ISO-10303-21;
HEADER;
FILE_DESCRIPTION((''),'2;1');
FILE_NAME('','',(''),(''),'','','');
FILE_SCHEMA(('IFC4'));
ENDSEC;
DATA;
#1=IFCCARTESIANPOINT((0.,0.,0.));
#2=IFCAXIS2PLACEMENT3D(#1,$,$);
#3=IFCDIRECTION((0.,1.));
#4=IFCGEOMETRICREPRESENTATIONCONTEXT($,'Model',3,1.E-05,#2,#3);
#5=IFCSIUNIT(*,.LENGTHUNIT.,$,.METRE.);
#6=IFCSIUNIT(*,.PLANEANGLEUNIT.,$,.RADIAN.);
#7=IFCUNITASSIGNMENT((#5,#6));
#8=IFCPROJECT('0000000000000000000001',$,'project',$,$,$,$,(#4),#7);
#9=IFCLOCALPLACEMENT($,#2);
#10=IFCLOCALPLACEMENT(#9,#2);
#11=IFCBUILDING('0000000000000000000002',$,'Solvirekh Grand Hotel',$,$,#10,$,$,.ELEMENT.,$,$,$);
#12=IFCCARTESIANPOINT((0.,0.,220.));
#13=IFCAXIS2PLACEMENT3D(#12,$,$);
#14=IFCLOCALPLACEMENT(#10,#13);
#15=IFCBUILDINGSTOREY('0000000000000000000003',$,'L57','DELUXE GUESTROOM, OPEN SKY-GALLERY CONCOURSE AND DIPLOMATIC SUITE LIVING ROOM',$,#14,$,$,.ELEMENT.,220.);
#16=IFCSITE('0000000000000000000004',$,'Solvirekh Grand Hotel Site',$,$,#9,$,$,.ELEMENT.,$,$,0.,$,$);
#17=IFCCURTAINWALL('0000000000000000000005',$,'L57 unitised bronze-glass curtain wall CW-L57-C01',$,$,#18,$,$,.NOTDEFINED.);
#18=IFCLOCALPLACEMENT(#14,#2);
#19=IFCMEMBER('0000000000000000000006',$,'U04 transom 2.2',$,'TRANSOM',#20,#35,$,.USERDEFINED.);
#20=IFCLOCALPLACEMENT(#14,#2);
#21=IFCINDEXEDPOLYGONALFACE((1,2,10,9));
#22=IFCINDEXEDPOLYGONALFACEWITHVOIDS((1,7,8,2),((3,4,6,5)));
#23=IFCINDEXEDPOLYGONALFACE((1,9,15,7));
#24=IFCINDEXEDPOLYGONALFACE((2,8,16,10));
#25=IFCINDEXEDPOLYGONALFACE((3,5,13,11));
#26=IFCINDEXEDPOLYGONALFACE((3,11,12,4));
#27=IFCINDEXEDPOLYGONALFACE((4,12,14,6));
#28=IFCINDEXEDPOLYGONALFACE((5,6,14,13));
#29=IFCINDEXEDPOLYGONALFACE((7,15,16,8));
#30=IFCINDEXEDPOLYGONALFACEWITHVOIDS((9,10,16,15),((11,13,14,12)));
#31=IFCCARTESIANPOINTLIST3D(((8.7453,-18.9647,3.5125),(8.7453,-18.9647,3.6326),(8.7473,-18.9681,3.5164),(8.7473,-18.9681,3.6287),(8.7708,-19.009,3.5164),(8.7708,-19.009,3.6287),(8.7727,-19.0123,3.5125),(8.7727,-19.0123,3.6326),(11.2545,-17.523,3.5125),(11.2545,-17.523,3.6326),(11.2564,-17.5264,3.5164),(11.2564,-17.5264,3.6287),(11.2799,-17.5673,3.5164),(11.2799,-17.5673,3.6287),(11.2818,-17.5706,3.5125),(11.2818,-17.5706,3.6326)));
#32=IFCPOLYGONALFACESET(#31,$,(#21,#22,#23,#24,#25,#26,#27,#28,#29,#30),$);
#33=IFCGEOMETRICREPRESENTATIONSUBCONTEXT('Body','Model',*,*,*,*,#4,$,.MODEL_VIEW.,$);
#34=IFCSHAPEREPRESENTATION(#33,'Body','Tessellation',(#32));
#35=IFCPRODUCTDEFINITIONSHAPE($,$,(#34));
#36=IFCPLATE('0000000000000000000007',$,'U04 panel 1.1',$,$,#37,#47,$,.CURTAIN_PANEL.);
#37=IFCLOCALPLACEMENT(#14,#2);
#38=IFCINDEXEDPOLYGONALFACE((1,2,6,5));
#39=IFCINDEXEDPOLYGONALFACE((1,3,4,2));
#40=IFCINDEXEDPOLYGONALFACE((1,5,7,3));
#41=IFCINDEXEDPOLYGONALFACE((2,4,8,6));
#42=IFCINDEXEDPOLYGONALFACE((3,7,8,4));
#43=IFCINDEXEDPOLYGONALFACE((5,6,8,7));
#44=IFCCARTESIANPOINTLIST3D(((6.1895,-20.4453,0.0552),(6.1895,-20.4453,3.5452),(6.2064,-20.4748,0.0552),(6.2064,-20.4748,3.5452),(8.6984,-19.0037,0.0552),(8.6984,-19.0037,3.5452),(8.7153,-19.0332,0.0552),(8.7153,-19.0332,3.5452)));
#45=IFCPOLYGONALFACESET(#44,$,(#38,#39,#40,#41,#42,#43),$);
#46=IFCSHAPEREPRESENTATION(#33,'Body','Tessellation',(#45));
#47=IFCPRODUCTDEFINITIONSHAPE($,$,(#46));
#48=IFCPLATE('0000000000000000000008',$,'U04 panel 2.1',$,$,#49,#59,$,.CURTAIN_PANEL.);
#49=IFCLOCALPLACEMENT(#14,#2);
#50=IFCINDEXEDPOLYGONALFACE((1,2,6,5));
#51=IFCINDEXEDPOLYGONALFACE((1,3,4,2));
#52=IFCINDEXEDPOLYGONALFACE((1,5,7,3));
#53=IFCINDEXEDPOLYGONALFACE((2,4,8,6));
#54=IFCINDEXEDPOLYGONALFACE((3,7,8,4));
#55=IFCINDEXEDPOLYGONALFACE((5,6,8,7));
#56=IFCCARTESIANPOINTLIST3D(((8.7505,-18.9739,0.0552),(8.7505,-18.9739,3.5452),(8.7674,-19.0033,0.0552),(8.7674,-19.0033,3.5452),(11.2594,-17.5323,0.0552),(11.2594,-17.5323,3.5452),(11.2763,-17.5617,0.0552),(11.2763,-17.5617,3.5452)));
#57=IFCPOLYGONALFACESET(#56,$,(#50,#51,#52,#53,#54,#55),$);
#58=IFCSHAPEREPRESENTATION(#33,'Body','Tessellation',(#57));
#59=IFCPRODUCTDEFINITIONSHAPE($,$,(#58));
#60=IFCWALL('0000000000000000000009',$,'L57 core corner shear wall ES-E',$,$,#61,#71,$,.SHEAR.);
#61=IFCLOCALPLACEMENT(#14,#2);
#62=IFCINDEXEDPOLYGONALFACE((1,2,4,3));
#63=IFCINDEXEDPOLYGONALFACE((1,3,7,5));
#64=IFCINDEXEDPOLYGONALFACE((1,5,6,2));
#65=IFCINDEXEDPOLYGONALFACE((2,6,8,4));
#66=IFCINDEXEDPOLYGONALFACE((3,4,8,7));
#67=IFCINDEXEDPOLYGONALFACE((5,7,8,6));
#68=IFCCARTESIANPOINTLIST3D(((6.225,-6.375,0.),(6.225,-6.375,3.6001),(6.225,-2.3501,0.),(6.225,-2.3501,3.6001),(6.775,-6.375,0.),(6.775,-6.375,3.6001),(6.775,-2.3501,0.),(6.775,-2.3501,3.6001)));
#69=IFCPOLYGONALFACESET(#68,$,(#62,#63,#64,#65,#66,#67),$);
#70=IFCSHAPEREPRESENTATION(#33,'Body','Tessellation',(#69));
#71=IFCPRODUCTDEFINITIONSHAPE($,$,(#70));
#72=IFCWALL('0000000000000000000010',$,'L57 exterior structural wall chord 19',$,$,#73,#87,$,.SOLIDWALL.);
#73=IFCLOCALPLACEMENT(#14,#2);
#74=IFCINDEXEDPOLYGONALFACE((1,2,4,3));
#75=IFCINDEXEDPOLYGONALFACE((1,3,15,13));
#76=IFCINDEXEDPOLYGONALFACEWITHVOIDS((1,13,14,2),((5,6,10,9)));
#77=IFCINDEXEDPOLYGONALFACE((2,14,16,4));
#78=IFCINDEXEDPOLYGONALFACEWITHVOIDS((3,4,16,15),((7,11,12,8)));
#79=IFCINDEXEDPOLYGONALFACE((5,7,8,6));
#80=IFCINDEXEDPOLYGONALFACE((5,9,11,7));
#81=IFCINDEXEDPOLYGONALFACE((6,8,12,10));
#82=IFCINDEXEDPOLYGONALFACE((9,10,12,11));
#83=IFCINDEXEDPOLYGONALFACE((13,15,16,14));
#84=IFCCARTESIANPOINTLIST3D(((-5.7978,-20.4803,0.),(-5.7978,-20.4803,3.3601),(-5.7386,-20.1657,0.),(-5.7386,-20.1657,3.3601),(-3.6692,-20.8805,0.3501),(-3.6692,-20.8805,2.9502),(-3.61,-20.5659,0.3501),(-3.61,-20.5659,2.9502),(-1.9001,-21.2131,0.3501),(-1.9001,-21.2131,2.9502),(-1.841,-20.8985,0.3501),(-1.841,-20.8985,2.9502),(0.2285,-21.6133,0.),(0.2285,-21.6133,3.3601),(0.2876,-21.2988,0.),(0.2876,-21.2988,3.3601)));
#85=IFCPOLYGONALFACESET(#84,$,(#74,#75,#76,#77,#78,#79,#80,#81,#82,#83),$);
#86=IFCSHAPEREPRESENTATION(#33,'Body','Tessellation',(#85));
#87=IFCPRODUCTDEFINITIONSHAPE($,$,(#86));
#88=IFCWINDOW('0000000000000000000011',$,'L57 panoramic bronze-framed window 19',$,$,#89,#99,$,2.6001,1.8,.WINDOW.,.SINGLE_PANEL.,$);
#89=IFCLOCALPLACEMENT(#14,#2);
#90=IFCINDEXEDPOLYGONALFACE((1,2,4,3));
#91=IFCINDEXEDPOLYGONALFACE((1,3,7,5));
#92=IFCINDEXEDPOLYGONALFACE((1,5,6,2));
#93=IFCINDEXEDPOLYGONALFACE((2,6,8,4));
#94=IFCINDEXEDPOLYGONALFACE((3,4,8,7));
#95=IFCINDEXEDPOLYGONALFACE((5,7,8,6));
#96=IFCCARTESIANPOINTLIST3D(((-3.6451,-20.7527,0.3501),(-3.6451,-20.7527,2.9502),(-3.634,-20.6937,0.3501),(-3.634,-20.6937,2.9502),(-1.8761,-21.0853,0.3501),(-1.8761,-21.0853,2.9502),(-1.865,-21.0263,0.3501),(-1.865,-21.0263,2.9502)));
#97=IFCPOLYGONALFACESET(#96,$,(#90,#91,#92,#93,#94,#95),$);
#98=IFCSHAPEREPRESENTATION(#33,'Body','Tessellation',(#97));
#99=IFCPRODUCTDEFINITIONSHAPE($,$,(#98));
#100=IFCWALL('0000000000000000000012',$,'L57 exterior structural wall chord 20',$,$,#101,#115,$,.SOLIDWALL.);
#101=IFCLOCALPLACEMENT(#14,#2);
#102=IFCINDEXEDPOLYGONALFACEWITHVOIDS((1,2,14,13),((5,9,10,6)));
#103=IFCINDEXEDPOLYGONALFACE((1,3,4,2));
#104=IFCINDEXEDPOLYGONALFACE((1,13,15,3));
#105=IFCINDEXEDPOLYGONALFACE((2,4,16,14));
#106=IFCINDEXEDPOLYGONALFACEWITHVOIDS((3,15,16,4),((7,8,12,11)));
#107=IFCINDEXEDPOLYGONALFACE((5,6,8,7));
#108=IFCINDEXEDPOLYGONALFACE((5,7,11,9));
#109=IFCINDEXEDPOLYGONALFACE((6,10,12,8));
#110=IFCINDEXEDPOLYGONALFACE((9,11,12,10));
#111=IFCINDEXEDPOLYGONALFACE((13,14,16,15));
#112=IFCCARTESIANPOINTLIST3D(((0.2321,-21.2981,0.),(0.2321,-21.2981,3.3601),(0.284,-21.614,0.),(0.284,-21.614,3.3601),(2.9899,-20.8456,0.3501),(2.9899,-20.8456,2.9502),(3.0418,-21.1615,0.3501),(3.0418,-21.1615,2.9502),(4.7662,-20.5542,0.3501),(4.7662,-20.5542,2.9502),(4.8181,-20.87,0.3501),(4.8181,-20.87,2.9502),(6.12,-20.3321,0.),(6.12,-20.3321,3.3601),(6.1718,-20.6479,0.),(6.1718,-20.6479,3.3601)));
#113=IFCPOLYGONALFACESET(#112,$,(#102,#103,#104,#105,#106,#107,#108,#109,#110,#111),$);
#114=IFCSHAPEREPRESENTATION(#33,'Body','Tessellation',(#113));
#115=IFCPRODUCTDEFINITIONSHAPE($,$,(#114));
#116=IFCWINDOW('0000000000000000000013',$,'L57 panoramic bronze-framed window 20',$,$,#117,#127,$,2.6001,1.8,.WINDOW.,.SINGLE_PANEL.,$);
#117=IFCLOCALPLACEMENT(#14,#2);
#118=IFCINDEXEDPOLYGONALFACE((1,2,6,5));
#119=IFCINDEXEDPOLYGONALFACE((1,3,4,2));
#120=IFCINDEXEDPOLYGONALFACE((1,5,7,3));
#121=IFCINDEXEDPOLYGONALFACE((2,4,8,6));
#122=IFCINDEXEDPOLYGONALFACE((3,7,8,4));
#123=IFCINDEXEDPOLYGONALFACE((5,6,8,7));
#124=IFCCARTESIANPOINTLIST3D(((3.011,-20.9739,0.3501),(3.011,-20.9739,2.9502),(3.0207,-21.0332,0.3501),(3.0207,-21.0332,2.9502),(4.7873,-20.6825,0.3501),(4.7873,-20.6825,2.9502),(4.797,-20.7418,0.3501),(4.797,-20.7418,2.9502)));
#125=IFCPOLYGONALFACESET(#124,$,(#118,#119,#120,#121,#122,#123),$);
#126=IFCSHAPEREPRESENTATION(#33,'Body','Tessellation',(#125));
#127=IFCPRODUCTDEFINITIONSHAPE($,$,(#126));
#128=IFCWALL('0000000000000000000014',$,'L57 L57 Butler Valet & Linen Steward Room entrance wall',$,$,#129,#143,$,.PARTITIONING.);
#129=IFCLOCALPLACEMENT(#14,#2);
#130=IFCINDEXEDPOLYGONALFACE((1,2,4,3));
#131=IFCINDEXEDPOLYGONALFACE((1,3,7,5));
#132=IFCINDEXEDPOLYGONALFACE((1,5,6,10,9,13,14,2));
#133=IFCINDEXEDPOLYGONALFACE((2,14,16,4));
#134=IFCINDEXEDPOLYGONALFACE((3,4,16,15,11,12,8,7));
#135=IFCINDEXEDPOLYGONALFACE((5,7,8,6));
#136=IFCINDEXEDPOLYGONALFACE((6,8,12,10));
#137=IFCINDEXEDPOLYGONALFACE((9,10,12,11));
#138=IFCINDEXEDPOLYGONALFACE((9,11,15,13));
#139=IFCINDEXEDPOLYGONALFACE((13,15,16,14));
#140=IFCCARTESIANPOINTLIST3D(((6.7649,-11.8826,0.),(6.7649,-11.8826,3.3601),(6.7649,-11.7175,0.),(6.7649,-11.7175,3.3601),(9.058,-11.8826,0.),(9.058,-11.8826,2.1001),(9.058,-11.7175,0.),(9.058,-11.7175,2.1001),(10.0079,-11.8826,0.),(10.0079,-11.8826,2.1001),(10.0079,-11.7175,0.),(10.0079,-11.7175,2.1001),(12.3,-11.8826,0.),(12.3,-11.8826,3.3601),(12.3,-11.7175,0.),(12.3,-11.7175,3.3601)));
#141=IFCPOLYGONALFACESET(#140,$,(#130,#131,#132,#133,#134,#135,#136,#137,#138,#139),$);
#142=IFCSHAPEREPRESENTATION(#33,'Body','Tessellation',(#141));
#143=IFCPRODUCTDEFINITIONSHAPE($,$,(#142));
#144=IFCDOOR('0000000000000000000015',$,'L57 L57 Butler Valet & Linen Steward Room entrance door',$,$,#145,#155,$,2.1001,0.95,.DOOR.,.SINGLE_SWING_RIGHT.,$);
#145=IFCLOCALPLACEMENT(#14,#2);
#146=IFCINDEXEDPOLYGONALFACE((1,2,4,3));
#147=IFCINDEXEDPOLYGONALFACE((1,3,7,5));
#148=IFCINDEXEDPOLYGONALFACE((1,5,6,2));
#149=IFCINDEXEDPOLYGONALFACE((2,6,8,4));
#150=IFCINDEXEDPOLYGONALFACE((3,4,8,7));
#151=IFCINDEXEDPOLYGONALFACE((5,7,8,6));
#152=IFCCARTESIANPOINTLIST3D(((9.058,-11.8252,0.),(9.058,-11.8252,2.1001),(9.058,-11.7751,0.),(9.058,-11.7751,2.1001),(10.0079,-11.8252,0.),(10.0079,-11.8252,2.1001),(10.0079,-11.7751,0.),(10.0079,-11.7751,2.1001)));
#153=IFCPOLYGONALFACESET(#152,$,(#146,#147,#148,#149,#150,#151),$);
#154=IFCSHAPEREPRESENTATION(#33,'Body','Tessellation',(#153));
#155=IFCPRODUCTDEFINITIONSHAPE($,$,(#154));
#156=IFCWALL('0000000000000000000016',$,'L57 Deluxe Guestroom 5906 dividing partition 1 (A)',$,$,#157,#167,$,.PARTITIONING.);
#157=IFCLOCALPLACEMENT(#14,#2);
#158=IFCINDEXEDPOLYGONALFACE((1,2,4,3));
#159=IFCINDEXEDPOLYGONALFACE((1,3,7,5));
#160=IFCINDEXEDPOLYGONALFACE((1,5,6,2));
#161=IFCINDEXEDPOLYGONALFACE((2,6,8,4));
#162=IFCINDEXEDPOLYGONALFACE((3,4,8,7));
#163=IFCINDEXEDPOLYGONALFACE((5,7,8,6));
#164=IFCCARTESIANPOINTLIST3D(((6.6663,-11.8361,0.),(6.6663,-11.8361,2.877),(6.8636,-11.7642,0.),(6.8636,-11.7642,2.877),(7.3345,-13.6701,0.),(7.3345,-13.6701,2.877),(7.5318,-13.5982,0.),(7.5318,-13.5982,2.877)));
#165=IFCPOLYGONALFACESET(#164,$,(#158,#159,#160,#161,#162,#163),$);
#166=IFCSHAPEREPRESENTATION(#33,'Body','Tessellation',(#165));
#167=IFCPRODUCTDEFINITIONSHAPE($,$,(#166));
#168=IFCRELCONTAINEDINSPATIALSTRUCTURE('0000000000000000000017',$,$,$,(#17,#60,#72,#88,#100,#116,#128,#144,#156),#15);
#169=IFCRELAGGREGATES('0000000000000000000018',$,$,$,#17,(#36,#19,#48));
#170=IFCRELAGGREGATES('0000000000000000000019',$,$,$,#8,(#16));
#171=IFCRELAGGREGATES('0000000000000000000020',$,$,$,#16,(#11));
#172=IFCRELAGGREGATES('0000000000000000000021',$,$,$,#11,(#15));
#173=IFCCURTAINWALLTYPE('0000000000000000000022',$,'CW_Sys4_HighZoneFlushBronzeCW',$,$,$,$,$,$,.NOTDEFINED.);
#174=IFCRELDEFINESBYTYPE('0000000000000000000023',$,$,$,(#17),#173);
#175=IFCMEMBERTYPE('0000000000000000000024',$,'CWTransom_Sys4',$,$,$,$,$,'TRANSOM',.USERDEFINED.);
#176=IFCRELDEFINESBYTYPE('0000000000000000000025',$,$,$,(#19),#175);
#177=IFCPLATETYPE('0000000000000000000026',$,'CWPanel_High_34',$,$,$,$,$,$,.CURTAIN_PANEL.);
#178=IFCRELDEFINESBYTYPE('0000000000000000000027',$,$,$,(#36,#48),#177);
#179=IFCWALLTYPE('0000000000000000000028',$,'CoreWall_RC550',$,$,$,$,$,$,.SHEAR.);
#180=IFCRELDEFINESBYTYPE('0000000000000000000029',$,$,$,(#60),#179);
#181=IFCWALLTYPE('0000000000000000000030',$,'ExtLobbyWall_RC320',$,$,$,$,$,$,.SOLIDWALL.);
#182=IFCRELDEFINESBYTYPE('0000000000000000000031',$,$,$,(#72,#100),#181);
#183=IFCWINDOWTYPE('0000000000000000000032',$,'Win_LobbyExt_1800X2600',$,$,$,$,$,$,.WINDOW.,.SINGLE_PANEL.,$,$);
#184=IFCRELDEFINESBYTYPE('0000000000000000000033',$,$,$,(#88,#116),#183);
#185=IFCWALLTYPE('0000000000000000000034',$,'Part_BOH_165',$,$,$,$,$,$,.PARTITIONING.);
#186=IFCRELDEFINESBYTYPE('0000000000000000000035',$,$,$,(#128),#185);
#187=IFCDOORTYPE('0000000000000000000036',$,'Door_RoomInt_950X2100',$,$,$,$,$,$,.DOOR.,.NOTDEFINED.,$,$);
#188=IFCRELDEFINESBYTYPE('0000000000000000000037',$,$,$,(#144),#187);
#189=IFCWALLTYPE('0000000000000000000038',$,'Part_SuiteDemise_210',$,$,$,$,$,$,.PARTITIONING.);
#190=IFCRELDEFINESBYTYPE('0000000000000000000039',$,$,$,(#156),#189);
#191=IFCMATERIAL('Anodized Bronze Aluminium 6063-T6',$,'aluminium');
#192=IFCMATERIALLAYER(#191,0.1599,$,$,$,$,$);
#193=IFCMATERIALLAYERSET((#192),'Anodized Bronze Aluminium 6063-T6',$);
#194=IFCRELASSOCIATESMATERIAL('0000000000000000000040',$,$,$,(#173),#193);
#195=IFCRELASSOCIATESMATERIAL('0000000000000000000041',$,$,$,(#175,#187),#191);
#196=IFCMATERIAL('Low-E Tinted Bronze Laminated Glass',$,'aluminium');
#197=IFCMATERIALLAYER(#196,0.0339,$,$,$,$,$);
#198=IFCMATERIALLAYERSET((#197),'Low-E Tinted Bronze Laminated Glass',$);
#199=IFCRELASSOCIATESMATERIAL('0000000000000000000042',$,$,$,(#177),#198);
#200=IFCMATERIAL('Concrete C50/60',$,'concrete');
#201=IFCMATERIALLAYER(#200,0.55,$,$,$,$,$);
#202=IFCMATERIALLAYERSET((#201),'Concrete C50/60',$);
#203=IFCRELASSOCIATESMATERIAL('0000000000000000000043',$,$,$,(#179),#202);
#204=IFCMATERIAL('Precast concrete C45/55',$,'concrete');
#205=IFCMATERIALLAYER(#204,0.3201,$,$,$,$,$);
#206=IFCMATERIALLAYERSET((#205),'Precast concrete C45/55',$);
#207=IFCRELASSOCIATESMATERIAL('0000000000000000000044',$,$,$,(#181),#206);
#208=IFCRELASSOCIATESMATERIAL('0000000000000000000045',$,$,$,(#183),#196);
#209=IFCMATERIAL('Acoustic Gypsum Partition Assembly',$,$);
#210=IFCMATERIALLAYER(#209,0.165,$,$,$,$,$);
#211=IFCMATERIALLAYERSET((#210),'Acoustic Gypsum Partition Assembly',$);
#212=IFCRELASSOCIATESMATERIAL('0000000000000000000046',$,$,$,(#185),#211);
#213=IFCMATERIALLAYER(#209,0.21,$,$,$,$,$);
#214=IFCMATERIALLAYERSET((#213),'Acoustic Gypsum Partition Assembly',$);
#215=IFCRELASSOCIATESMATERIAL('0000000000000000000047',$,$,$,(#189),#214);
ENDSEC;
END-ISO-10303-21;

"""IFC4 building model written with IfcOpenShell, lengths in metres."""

from ifc_helpers import new_model, si_unit, direction, frame, frame_2d, origin, origin_2d, place, context, subcontext, project, spatial, rectangle, hollow_rectangle, extrude, source, transform, mapped, material, layer, layer_set, material_profile, profile_set, type_object, element, fill, aggregate, save


model = new_model("IFC4")

# Units and contexts
model_context = context("Model", 3, precision=1e-05, world=origin(), true_north=direction((0.0, 1.0)))
body_context = subcontext(model_context, "Body", "Model", "MODEL_VIEW")
ifc_project = project(units=[si_unit("LENGTHUNIT", "METRE"), si_unit("PLANEANGLEUNIT", "RADIAN")], contexts=[model_context])

# Site, building, storey
site_placement = place(None, origin())
site = spatial("IfcSite", under=ifc_project, at=site_placement, Name="Solvirekh Grand Hotel Site", CompositionType="ELEMENT", RefElevation=0.0)
building_placement = place(site_placement, origin())
building = spatial("IfcBuilding", under=site, at=building_placement, Name="Solvirekh Grand Hotel", CompositionType="ELEMENT")
storey_placement = place(building_placement, frame((0.0, 0.0, 220.0)))
storey = spatial("IfcBuildingStorey", under=building, at=storey_placement, Name="L57", Description="DELUXE GUESTROOM, OPEN SKY-GALLERY CONCOURSE AND DIPLOMATIC SUITE LIVING ROOM", CompositionType="ELEMENT", Elevation=220.0)

# Shared definitions
ifc_material_1 = material(Name="Concrete C50/60", Category="concrete")

# Curtain wall, member, plates
ifc_material_2 = material(Name="Anodized Bronze Aluminium 6063-T6", Category="aluminium")
ifc_layer_1 = layer(ifc_material_2, 0.1599)
ifc_layer_set_1 = layer_set([ifc_layer_1], Name="Anodized Bronze Aluminium 6063-T6")
curtain_wall_type = type_object("IfcCurtainWallType", Name="CW_Sys4_HighZoneFlushBronzeCW", PredefinedType="NOTDEFINED", material=ifc_layer_set_1)
curtain_wall_placement = place(storey_placement, origin())
curtain_wall = element("IfcCurtainWall", 1, at=curtain_wall_placement, inside=storey, type_object=curtain_wall_type, Name="L57 unitised bronze-glass curtain wall CW-L57-C01", PredefinedType="NOTDEFINED")
ifc_material_profile_1 = material_profile(ifc_material_2, hollow_rectangle(XDim=0.0549, YDim=0.1201, WallThickness=0.0039, at=origin_2d()), Name="ALU RHS 120X55X4")
ifc_profile_set_1 = profile_set([ifc_material_profile_1], Name="Anodized Bronze Aluminium 6063-T6")
member_type_1 = type_object("IfcMemberType", Name="CWTransom_Sys4", ElementType="TRANSOM", PredefinedType="USERDEFINED", material=ifc_profile_set_1)
shared_shape_1 = source(origin(), body_context, "Body", "SweptSolid", [
    extrude(hollow_rectangle(XDim=0.0549, YDim=0.1201, WallThickness=0.0039, at=origin_2d()), origin(), (0.0, 0.0, 1.0), 2.8938),
])
member_1_placement = place(storey_placement, frame((8.759, -18.9885, 3.5725), z_axis=(0.867062, 0.4982, 0.0), x_axis=(-0.4982, 0.867062, 0.0)))
member_1 = element("IfcMember", 2, at=member_1_placement, type_object=member_type_1, Name="U04 transom 2.2", ObjectType="TRANSOM", PredefinedType="USERDEFINED", context=body_context, shape_type="MappedRepresentation", body=[
    mapped(shared_shape_1, transform((0.0, 0.0, 0.0), x_axis=(1.0, 0.0, 0.0), y_axis=(0.0, 1.0, 0.0), z_axis=(0.0, 0.0, 1.0), scale=1.0)),
])
ifc_material_3 = material(Name="Low-E Tinted Bronze Laminated Glass", Category="aluminium")
ifc_layer_2 = layer(ifc_material_3, 0.0339)
ifc_layer_set_2 = layer_set([ifc_layer_2], Name="Low-E Tinted Bronze Laminated Glass")
plate_type = type_object("IfcPlateType", Name="CWPanel_High_34", PredefinedType="CURTAIN_PANEL", material=ifc_layer_set_2)
shared_shape_2 = source(origin(), body_context, "Body", "SweptSolid", [
    extrude(rectangle(XDim=2.8936, YDim=0.0339, at=origin_2d()), origin(), (0.0, 0.0, 1.0), 3.49),
])
plate_1_placement = place(storey_placement, frame((7.4524, -19.7393, 0.0552), z_axis=(0.0, 0.0, 1.0), x_axis=(0.867055, 0.498213, 0.0)))
plate_1 = element("IfcPlate", 3, at=plate_1_placement, type_object=plate_type, Name="U04 panel 1.1", PredefinedType="CURTAIN_PANEL", context=body_context, shape_type="MappedRepresentation", body=[
    mapped(shared_shape_2, transform((0.0, 0.0, 0.0), x_axis=(1.0, 0.0, 0.0), y_axis=(0.0, 1.0, 0.0), z_axis=(0.0, 0.0, 1.0), scale=1.0)),
])
plate_2_placement = place(storey_placement, frame((10.0134, -18.2678, 0.0552), z_axis=(0.0, 0.0, 1.0), x_axis=(0.867055, 0.498213, 0.0)))
plate_2 = element("IfcPlate", 4, at=plate_2_placement, type_object=plate_type, Name="U04 panel 2.1", PredefinedType="CURTAIN_PANEL", context=body_context, shape_type="MappedRepresentation", body=[
    mapped(shared_shape_2, transform((0.0, 0.0, 0.0), x_axis=(1.0, 0.0, 0.0), y_axis=(0.0, 1.0, 0.0), z_axis=(0.0, 0.0, 1.0), scale=1.0)),
])
aggregate(curtain_wall, [plate_1, member_1, plate_2])

# Wall
ifc_layer_3 = layer(ifc_material_1, 0.55)
ifc_layer_set_3 = layer_set([ifc_layer_3], Name="Concrete C50/60")
wall_type_1 = type_object("IfcWallType", Name="CoreWall_RC550", PredefinedType="SHEAR", material=ifc_layer_set_3)
wall_1_placement = place(storey_placement, frame((6.5, -6.375, 0.0), z_axis=(0.0, 0.0, 1.0), x_axis=(0.0, 1.0, 0.0)))
element("IfcWall", 5, at=wall_1_placement, inside=storey, type_object=wall_type_1, Name="L57 core corner shear wall ES-E", PredefinedType="SHEAR", context=body_context, shape_type="SweptSolid", body=[
    extrude(rectangle(XDim=4.0249, YDim=0.55, at=frame_2d((2.0125, 0.0))), origin(), (0.0, 0.0, 1.0), 3.6001),
])

# Walls, openings, windows
ifc_material_4 = material(Name="Precast concrete C45/55", Category="concrete")
ifc_layer_4 = layer(ifc_material_4, 0.3201)
ifc_layer_set_4 = layer_set([ifc_layer_4], Name="Precast concrete C45/55")
wall_type_2 = type_object("IfcWallType", Name="ExtLobbyWall_RC320", PredefinedType="SOLIDWALL", material=ifc_layer_set_4)
wall_2_placement = place(storey_placement, frame((0.2581, -21.4561, 0.0), z_axis=(0.0, 0.0, 1.0), x_axis=(-0.982779, 0.184786, 0.0)))
wall_2 = element("IfcWall", 6, at=wall_2_placement, inside=storey, type_object=wall_type_2, Name="L57 exterior structural wall chord 19", PredefinedType="SOLIDWALL", context=body_context, shape_type="SweptSolid", body=[
    extrude(rectangle(XDim=6.1318, YDim=0.3201, at=frame_2d((3.0659, 0.0))), origin(), (0.0, 0.0, 1.0), 3.3601),
])
opening_1_placement = place(wall_2_placement, frame((2.166, 0.0, 0.3501)))
opening_1 = element("IfcOpeningElement", 7, at=opening_1_placement, cuts=wall_2, PredefinedType="OPENING", context=body_context, shape_type="SweptSolid", body=[
    extrude(rectangle(XDim=1.8, YDim=2.6001, at=frame_2d((0.8999, 1.3))), frame((0.0, 0.1699, 0.0), z_axis=(0.0, -1.0, 0.0), x_axis=(1.0, 0.0, 0.0)), (0.0, 0.0, 1.0), 0.3401),
])
window_type = type_object("IfcWindowType", Name="Win_LobbyExt_1800X2600", PartitioningType="SINGLE_PANEL", PredefinedType="WINDOW", material=ifc_material_3)
window_1_placement = place(opening_1_placement, origin())
window_1 = element("IfcWindow", 8, at=window_1_placement, inside=storey, type_object=window_type, Name="L57 panoramic bronze-framed window 19", OverallHeight=2.6001, OverallWidth=1.8, PartitioningType="SINGLE_PANEL", PredefinedType="WINDOW", context=body_context, shape_type="SweptSolid", body=[
    extrude(rectangle(XDim=1.8, YDim=2.6001, at=frame_2d((0.8999, 1.3))), frame((0.0, 0.03, 0.0), z_axis=(0.0, -1.0, 0.0), x_axis=(1.0, 0.0, 0.0)), (0.0, 0.0, 1.0), 0.0601),
])
fill(opening_1, window_1)
wall_3_placement = place(storey_placement, frame((6.146, -20.49, 0.0), z_axis=(0.0, 0.0, 1.0), x_axis=(-0.986805, -0.16191, 0.0)))
wall_3 = element("IfcWall", 9, at=wall_3_placement, inside=storey, type_object=wall_type_2, Name="L57 exterior structural wall chord 20", PredefinedType="SOLIDWALL", context=body_context, shape_type="SweptSolid", body=[
    extrude(rectangle(XDim=5.9666, YDim=0.3201, at=frame_2d((2.9834, 0.0))), origin(), (0.0, 0.0, 1.0), 3.3601),
])
opening_2_placement = place(wall_3_placement, frame((1.3721, 0.0, 0.3501)))
opening_2 = element("IfcOpeningElement", 10, at=opening_2_placement, cuts=wall_3, PredefinedType="OPENING", context=body_context, shape_type="SweptSolid", body=[
    extrude(rectangle(XDim=1.8, YDim=2.6001, at=frame_2d((0.8999, 1.3))), frame((0.0, 0.1699, 0.0), z_axis=(0.0, -1.0, 0.0), x_axis=(1.0, 0.0, 0.0)), (0.0, 0.0, 1.0), 0.3401),
])
window_2_placement = place(opening_2_placement, origin())
window_2 = element("IfcWindow", 11, at=window_2_placement, inside=storey, type_object=window_type, Name="L57 panoramic bronze-framed window 20", OverallHeight=2.6001, OverallWidth=1.8, PartitioningType="SINGLE_PANEL", PredefinedType="WINDOW", context=body_context, shape_type="SweptSolid", body=[
    extrude(rectangle(XDim=1.8, YDim=2.6001, at=frame_2d((0.8999, 1.3))), frame((0.0, 0.03, 0.0), z_axis=(0.0, -1.0, 0.0), x_axis=(1.0, 0.0, 0.0)), (0.0, 0.0, 1.0), 0.0601),
])
fill(opening_2, window_2)

# Wall, opening, door
ifc_material_5 = material(Name="Acoustic Gypsum Partition Assembly")
ifc_layer_5 = layer(ifc_material_5, 0.165)
ifc_layer_set_5 = layer_set([ifc_layer_5], Name="Acoustic Gypsum Partition Assembly")
wall_type_3 = type_object("IfcWallType", Name="Part_BOH_165", PredefinedType="PARTITIONING", material=ifc_layer_set_5)
wall_4_placement = place(storey_placement, frame((6.7649, -11.8, 0.0), z_axis=(0.0, 0.0, 1.0), x_axis=(1.0, 0.0, 0.0)))
wall_4 = element("IfcWall", 12, at=wall_4_placement, inside=storey, type_object=wall_type_3, Name="L57 L57 Butler Valet & Linen Steward Room entrance wall", PredefinedType="PARTITIONING", context=body_context, shape_type="SweptSolid", body=[
    extrude(rectangle(XDim=5.5352, YDim=0.165, at=frame_2d((2.7676, 0.0))), origin(), (0.0, 0.0, 1.0), 3.3601),
])
opening_3_placement = place(wall_4_placement, frame((2.293, 0.0, 0.0)))
opening_3 = element("IfcOpeningElement", 13, at=opening_3_placement, cuts=wall_4, PredefinedType="OPENING", context=body_context, shape_type="SweptSolid", body=[
    extrude(rectangle(XDim=0.95, YDim=2.1001, at=frame_2d((0.4751, 1.05))), frame((0.0, 0.0925, 0.0), z_axis=(0.0, -1.0, 0.0), x_axis=(1.0, 0.0, 0.0)), (0.0, 0.0, 1.0), 0.1851),
])
door_type = type_object("IfcDoorType", Name="Door_RoomInt_950X2100", OperationType="NOTDEFINED", PredefinedType="DOOR", material=ifc_material_2)
door_placement = place(opening_3_placement, origin())
door = element("IfcDoor", 14, at=door_placement, inside=storey, type_object=door_type, Name="L57 L57 Butler Valet & Linen Steward Room entrance door", OperationType="SINGLE_SWING_RIGHT", OverallHeight=2.1001, OverallWidth=0.95, PredefinedType="DOOR", context=body_context, shape_type="SweptSolid", body=[
    extrude(rectangle(XDim=0.95, YDim=2.1001, at=frame_2d((0.4751, 1.05))), frame((0.0, 0.0249, 0.0), z_axis=(0.0, -1.0, 0.0), x_axis=(1.0, 0.0, 0.0)), (0.0, 0.0, 1.0), 0.05),
])
fill(opening_3, door)

# Wall
ifc_layer_6 = layer(ifc_material_5, 0.21)
ifc_layer_set_6 = layer_set([ifc_layer_6], Name="Acoustic Gypsum Partition Assembly")
wall_type_4 = type_object("IfcWallType", Name="Part_SuiteDemise_210", PredefinedType="PARTITIONING", material=ifc_layer_set_6)
wall_5_placement = place(storey_placement, frame((6.7649, -11.8, 0.0), z_axis=(0.0, 0.0, 1.0), x_axis=(0.342336, -0.939578, 0.0)))
element("IfcWall", 15, at=wall_5_placement, inside=storey, type_object=wall_type_4, Name="L57 Deluxe Guestroom 5906 dividing partition 1 (A)", PredefinedType="PARTITIONING", context=body_context, shape_type="SweptSolid", body=[
    extrude(rectangle(XDim=1.9519, YDim=0.21, at=frame_2d((0.9761, 0.0))), origin(), (0.0, 0.0, 1.0), 2.877),
])

save(model, "model.ifc")
